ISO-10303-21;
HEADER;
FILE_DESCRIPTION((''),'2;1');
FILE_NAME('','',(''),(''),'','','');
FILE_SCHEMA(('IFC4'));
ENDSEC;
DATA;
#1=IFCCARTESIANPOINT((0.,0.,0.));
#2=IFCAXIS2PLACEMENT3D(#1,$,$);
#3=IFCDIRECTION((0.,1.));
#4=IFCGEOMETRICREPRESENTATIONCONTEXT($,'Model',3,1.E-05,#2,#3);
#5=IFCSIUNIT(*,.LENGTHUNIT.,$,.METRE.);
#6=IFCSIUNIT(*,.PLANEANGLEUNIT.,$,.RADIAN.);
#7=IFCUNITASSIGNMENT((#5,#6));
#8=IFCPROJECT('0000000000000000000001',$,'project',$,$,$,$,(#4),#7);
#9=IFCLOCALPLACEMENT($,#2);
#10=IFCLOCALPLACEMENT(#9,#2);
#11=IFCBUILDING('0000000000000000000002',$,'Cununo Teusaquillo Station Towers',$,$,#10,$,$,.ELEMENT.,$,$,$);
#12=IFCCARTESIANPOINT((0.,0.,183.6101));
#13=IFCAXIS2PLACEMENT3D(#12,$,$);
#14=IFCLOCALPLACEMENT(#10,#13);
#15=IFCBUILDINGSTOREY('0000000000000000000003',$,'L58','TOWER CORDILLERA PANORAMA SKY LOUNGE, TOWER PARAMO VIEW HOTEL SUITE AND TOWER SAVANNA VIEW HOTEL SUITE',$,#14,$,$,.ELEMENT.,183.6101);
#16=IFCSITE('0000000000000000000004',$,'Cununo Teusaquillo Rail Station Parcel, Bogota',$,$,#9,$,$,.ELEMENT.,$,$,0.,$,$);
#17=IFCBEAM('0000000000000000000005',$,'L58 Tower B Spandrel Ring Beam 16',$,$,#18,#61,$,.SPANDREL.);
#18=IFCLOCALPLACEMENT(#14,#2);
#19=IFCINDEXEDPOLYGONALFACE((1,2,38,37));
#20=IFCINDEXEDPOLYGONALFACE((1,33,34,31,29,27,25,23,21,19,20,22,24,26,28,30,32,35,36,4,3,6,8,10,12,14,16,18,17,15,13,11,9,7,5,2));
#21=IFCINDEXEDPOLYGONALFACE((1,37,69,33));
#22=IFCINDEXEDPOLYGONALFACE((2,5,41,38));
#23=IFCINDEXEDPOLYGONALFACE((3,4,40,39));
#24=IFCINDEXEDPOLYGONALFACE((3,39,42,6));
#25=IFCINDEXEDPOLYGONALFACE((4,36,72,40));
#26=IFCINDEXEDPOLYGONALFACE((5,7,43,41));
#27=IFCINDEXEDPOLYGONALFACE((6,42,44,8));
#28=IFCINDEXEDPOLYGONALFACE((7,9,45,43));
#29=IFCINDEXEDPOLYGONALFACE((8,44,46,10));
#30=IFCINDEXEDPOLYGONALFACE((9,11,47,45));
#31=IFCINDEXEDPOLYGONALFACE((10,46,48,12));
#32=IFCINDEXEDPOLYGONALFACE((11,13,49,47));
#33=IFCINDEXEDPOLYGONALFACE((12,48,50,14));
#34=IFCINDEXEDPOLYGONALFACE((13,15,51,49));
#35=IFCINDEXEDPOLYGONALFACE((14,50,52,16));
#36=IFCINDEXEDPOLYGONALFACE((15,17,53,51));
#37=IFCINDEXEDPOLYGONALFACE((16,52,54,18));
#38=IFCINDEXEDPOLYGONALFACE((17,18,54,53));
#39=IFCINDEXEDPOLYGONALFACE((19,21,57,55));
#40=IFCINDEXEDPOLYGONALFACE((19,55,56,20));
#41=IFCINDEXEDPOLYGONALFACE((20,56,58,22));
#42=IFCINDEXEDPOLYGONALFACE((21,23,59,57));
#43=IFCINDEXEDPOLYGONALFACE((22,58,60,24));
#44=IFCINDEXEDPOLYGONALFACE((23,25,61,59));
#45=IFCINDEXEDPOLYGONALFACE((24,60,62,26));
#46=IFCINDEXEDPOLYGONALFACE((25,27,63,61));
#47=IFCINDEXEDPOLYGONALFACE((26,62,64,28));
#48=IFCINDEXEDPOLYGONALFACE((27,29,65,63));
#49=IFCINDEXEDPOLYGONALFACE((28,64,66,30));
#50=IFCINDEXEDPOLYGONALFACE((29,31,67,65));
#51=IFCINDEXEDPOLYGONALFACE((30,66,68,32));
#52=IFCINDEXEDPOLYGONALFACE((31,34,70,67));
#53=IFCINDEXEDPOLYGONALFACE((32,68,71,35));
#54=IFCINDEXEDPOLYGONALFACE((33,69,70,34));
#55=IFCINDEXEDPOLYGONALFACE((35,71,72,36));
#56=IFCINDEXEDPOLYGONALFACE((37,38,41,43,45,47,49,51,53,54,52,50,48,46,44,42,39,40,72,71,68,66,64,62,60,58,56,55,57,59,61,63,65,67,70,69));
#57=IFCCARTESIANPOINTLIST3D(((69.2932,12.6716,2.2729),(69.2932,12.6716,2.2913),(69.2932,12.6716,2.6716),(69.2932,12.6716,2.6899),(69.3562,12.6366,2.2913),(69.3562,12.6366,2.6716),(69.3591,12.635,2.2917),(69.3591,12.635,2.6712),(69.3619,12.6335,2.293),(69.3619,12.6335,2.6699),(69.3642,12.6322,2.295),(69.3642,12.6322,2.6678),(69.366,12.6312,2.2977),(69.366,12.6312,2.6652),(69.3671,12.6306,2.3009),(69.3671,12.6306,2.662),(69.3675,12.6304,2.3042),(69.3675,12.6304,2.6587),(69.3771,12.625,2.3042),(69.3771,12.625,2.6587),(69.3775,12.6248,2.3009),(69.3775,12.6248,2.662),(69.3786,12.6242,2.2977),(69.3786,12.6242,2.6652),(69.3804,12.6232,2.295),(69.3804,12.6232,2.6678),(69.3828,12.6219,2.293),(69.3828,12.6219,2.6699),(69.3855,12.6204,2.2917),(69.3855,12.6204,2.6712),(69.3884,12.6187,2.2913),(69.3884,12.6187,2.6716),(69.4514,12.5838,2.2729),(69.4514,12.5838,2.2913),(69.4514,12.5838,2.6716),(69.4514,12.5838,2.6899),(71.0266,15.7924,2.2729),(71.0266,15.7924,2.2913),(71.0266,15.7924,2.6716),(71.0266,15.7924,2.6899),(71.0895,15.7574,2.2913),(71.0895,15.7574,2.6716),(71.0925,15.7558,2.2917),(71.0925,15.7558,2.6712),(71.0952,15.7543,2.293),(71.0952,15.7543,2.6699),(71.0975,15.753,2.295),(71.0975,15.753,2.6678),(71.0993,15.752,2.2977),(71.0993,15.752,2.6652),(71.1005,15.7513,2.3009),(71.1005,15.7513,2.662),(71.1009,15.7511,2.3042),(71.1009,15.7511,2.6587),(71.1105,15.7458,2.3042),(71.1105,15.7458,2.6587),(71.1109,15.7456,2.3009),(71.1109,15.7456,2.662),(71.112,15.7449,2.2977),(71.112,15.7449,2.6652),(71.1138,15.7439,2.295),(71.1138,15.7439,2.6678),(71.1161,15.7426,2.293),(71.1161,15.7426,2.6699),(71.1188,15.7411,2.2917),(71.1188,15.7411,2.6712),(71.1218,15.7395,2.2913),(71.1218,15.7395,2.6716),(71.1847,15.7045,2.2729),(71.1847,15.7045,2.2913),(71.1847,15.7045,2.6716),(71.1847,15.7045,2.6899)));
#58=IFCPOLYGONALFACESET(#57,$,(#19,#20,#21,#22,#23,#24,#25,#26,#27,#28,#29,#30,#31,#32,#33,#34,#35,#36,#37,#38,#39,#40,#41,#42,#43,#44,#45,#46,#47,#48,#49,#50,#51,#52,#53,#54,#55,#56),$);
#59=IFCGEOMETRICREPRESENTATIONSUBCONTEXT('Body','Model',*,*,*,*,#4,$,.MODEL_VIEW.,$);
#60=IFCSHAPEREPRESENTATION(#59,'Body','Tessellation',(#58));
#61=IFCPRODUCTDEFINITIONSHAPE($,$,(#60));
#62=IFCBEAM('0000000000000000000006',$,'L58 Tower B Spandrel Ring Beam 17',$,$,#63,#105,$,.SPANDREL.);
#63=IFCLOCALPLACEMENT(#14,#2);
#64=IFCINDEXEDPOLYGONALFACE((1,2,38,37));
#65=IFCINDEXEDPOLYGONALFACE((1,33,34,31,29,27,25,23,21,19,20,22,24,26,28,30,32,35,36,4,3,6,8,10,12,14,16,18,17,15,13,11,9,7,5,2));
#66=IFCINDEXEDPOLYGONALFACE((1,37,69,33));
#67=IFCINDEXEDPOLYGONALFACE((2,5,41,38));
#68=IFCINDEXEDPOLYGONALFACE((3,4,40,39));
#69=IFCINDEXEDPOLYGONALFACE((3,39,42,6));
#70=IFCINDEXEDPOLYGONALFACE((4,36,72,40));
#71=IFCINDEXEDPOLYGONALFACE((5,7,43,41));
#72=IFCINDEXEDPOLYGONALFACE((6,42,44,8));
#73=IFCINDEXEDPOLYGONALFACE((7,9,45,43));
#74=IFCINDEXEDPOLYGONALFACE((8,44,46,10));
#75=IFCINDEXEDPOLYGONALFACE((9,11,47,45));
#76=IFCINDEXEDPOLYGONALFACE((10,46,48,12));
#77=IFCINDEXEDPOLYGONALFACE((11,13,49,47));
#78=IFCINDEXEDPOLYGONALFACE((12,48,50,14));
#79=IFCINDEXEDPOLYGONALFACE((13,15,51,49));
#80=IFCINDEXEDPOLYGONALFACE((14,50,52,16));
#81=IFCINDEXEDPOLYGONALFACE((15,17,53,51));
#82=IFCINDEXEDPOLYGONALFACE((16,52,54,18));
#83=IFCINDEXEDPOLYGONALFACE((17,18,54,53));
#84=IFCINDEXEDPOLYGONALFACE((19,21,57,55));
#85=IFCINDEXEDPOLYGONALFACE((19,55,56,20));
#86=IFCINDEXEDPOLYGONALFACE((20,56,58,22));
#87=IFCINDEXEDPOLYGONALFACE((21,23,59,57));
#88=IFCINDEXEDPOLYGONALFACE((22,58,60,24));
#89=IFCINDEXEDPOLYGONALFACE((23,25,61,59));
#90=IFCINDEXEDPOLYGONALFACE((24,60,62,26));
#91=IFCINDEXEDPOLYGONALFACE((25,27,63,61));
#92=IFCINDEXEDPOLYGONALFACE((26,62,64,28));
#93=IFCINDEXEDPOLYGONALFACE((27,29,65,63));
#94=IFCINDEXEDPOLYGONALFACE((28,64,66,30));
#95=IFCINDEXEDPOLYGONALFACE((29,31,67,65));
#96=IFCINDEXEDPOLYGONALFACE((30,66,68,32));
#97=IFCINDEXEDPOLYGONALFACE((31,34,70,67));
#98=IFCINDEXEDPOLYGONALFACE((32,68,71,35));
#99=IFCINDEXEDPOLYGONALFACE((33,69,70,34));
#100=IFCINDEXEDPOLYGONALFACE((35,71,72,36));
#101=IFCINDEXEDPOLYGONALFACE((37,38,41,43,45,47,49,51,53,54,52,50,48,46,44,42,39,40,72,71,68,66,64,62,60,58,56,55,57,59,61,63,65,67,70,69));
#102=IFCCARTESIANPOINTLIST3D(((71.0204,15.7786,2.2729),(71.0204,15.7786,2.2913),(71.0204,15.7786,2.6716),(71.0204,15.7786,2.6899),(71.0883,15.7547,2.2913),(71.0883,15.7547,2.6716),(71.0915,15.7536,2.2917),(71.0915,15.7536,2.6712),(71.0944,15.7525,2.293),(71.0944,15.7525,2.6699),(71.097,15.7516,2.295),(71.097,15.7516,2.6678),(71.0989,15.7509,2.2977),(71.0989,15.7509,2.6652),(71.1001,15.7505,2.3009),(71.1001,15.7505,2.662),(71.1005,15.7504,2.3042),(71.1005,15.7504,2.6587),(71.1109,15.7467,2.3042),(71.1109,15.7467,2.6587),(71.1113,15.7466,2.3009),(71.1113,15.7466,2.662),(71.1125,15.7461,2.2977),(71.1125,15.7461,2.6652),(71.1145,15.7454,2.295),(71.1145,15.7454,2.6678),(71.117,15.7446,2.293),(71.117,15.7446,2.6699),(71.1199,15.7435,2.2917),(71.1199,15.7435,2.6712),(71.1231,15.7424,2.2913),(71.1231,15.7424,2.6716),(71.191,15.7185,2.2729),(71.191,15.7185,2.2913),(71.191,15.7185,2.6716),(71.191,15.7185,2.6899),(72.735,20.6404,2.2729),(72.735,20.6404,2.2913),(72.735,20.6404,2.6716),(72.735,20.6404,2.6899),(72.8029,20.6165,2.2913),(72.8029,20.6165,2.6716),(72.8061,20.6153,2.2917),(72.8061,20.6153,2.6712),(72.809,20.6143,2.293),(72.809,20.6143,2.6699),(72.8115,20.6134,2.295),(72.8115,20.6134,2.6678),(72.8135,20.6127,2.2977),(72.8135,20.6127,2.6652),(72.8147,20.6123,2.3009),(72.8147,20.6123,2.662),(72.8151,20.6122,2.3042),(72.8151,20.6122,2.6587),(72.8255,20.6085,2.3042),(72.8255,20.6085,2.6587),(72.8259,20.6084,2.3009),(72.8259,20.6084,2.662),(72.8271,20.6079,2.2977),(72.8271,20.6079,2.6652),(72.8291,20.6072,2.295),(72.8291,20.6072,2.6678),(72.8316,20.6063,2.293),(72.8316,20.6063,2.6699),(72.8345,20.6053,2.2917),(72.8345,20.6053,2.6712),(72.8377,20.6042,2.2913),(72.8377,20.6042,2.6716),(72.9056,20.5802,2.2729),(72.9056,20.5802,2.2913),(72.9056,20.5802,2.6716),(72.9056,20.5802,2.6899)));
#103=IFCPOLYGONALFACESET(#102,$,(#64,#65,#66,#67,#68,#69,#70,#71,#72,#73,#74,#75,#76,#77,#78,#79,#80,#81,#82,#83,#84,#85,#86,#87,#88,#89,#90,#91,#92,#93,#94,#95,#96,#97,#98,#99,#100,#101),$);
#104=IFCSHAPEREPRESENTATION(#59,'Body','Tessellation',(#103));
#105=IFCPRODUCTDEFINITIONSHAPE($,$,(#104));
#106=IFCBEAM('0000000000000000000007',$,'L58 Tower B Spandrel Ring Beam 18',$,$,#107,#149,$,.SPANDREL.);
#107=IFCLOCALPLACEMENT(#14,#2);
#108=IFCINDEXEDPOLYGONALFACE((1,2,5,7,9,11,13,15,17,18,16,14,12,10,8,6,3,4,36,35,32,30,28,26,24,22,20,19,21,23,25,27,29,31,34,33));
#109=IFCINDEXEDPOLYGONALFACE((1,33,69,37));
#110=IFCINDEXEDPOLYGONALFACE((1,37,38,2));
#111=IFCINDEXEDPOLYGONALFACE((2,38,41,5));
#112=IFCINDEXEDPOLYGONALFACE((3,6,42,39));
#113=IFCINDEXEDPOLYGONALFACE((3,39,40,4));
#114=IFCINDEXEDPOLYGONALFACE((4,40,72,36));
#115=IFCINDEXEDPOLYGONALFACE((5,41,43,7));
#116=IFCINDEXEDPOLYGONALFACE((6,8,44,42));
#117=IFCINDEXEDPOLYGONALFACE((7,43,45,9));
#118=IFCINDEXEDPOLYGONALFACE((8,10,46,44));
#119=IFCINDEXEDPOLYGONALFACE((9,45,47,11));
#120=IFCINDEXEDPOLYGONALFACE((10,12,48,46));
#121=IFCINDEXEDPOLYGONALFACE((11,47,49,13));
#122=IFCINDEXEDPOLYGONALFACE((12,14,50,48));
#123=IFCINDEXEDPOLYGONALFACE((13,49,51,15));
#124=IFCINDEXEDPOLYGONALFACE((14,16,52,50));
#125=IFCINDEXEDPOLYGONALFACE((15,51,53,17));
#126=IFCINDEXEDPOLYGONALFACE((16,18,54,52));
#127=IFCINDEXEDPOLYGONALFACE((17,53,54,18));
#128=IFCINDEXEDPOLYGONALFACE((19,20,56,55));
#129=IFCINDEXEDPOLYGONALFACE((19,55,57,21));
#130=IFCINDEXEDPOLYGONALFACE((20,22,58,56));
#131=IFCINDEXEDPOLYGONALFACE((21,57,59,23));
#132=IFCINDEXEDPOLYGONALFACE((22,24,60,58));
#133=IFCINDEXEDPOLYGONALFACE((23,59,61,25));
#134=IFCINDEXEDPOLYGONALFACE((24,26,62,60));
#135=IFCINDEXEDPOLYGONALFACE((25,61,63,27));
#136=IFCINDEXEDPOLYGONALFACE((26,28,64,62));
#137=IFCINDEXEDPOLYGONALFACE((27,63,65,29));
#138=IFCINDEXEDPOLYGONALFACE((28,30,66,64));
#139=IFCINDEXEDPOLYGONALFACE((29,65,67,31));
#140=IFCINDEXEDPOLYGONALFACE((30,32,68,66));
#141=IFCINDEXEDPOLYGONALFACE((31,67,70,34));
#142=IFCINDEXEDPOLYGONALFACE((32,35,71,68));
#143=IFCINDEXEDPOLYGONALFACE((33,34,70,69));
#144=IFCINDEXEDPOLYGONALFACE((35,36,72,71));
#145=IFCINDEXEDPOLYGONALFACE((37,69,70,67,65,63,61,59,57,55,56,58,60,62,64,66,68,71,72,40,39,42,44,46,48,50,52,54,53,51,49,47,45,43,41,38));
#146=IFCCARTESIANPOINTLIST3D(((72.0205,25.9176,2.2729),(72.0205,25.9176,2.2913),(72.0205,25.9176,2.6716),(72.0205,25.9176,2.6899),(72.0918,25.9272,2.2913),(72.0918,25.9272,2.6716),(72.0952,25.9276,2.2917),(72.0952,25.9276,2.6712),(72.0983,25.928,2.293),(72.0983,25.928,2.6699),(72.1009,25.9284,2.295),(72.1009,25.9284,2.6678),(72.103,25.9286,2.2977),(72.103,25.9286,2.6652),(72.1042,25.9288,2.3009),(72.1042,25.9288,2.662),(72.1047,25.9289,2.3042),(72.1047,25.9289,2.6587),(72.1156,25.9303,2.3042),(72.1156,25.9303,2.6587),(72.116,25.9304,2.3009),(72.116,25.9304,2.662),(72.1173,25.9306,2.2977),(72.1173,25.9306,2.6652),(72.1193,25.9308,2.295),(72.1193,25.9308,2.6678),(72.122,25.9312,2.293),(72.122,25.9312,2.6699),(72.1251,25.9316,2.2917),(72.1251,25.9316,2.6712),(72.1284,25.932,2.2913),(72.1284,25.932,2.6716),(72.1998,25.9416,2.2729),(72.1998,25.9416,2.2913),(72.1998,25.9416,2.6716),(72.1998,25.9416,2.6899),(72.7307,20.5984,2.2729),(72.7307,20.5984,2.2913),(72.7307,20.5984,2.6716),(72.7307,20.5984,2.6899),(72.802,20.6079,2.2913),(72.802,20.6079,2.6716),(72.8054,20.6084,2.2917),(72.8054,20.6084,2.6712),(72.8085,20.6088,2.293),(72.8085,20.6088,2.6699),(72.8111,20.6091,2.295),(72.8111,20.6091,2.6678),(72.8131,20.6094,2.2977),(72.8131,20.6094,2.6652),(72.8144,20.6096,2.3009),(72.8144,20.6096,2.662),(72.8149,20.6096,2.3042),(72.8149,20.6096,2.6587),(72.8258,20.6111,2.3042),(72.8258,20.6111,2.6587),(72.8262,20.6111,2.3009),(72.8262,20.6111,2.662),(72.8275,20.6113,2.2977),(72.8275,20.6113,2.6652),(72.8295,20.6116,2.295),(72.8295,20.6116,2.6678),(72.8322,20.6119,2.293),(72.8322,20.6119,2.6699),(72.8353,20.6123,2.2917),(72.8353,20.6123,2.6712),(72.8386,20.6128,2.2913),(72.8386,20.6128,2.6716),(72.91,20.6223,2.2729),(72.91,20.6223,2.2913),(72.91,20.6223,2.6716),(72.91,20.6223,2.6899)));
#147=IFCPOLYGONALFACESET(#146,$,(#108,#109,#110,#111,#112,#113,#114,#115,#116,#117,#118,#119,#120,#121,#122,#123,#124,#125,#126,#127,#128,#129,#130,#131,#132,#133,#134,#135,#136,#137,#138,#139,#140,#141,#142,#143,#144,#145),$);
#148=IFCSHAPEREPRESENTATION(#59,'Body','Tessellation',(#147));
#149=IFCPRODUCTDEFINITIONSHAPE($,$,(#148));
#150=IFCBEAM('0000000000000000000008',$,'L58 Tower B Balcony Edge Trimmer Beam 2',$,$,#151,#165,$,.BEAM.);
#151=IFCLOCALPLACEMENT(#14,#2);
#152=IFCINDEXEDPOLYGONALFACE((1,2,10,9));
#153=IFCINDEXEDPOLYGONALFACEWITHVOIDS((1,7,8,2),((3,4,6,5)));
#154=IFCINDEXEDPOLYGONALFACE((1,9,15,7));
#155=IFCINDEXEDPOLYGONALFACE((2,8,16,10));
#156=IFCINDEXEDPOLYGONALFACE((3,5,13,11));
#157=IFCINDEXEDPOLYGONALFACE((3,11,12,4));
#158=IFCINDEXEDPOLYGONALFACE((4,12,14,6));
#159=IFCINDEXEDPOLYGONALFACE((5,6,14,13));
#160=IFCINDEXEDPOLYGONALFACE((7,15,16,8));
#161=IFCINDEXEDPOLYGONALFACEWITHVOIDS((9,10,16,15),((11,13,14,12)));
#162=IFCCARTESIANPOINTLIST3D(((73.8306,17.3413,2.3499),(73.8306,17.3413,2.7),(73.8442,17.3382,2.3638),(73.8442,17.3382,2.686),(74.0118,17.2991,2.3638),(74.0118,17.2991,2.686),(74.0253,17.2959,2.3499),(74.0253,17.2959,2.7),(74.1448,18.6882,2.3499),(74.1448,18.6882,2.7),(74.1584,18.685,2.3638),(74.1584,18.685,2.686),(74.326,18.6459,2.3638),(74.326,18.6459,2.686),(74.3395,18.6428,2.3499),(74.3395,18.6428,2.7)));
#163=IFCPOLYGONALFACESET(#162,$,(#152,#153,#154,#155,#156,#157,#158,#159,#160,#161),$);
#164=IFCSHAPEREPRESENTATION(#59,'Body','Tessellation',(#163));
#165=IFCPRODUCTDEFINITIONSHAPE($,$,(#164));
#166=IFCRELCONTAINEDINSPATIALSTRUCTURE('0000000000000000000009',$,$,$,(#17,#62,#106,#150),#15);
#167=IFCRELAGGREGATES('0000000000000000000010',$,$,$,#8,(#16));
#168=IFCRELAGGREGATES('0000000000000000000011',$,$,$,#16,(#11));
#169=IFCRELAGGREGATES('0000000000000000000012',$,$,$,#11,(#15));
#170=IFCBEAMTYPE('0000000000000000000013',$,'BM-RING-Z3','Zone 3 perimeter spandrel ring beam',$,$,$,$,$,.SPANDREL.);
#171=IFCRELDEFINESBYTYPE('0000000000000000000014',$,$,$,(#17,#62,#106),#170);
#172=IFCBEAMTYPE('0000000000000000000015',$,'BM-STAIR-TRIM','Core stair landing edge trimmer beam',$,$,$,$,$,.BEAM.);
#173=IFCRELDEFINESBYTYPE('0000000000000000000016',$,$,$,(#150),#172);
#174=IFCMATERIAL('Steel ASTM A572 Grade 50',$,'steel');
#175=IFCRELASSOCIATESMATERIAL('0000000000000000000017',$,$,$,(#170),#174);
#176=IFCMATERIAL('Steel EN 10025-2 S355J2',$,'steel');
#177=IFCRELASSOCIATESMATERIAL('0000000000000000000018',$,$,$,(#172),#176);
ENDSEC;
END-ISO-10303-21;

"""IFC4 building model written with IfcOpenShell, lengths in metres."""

from ifc_helpers import new_model, si_unit, direction, frame, origin, origin_2d, place, context, subcontext, project, spatial, hollow_rectangle, i_section, extrude, material, material_profile, profile_set, type_object, element, save


model = new_model("IFC4")

# Units and contexts
model_context = context("Model", 3, precision=1e-05, world=origin(), true_north=direction((0.0, 1.0)))
body_context = subcontext(model_context, "Body", "Model", "MODEL_VIEW")
ifc_project = project(units=[si_unit("LENGTHUNIT", "METRE"), si_unit("PLANEANGLEUNIT", "RADIAN")], contexts=[model_context])

# Site, building, storey
site_placement = place(None, origin())
site = spatial("IfcSite", under=ifc_project, at=site_placement, Name="Cununo Teusaquillo Rail Station Parcel, Bogota", CompositionType="ELEMENT", RefElevation=0.0)
building_placement = place(site_placement, origin())
building = spatial("IfcBuilding", under=site, at=building_placement, Name="Cununo Teusaquillo Station Towers", CompositionType="ELEMENT")
storey_placement = place(building_placement, frame((0.0, 0.0, 183.6101)))
storey = spatial("IfcBuildingStorey", under=building, at=storey_placement, Name="L58", Description="TOWER CORDILLERA PANORAMA SKY LOUNGE, TOWER PARAMO VIEW HOTEL SUITE AND TOWER SAVANNA VIEW HOTEL SUITE", CompositionType="ELEMENT", Elevation=183.6101)

# Beams
ifc_material_1 = material(Name="Steel ASTM A572 Grade 50", Category="steel")
ifc_material_profile_1 = material_profile(ifc_material_1, i_section(OverallWidth=0.1809, OverallDepth=0.417, WebThickness=0.011, FlangeThickness=0.0183, FilletRadius=0.0129, at=origin_2d()), Name="W16X57")
ifc_profile_set_1 = profile_set([ifc_material_profile_1], Name="Steel ASTM A572 Grade 50")
beam_type_1 = type_object("IfcBeamType", Name="BM-RING-Z3", Description="Zone 3 perimeter spandrel ring beam", PredefinedType="SPANDREL", material=ifc_profile_set_1)
for number, where, z_axis, x_axis, name in (
    (1, (69.3723, 12.6277, 2.4814), (0.485556, 0.874206, 0.0), (-0.874206, 0.485556, 0.0), "L58 Tower B Spandrel Ring Beam 16"),
):
    element("IfcBeam", number, at=place(storey_placement, frame(where, z_axis=z_axis, x_axis=x_axis)), inside=storey, type_object=beam_type_1, Name=name, PredefinedType="SPANDREL", context=body_context, shape_type="SweptSolid", body=[
        extrude(i_section(OverallWidth=0.1809, OverallDepth=0.417, WebThickness=0.011, FlangeThickness=0.0183, FilletRadius=0.0129, at=origin_2d()), origin(), (0.0, 0.0, 1.0), 3.5698),
    ])
beam_1_placement = place(storey_placement, frame((71.1057, 15.7485, 2.4814), z_axis=(0.33259, 0.943072, 0.0), x_axis=(-0.943072, 0.33259, 0.0)))
element("IfcBeam", 2, at=beam_1_placement, inside=storey, type_object=beam_type_1, Name="L58 Tower B Spandrel Ring Beam 17", PredefinedType="SPANDREL", context=body_context, shape_type="SweptSolid", body=[
    extrude(i_section(OverallWidth=0.1809, OverallDepth=0.417, WebThickness=0.011, FlangeThickness=0.0183, FilletRadius=0.0129, at=origin_2d()), origin(), (0.0, 0.0, 1.0), 5.1553),
])
beam_2_placement = place(storey_placement, frame((72.8203, 20.6104, 2.4814), z_axis=(-0.13234, 0.991204, 0.0), x_axis=(-0.991204, -0.13234, 0.0)))
element("IfcBeam", 3, at=beam_2_placement, inside=storey, type_object=beam_type_1, Name="L58 Tower B Spandrel Ring Beam 18", PredefinedType="SPANDREL", context=body_context, shape_type="SweptSolid", body=[
    extrude(i_section(OverallWidth=0.1809, OverallDepth=0.417, WebThickness=0.011, FlangeThickness=0.0183, FilletRadius=0.0129, at=origin_2d()), origin(), (0.0, 0.0, 1.0), 5.3665),
])
ifc_material_2 = material(Name="Steel EN 10025-2 S355J2", Category="steel")
ifc_material_profile_2 = material_profile(ifc_material_2, hollow_rectangle(XDim=0.2, YDim=0.3501, WallThickness=0.0139, at=origin_2d()), Name="RHS 350x200x14")
ifc_profile_set_2 = profile_set([ifc_material_profile_2], Name="Steel EN 10025-2 S355J2")
beam_type_2 = type_object("IfcBeamType", Name="BM-STAIR-TRIM", Description="Core stair landing edge trimmer beam", PredefinedType="BEAM", material=ifc_profile_set_2)
beam_3_placement = place(storey_placement, frame((73.928, 17.3186, 2.5249), z_axis=(0.227179, 0.973853, 0.0), x_axis=(-0.973853, 0.227179, 0.0)))
element("IfcBeam", 4, at=beam_3_placement, inside=storey, type_object=beam_type_2, Name="L58 Tower B Balcony Edge Trimmer Beam 2", PredefinedType="BEAM", context=body_context, shape_type="SweptSolid", body=[
    extrude(hollow_rectangle(XDim=0.2, YDim=0.3501, WallThickness=0.0139, at=origin_2d()), origin(), (0.0, 0.0, 1.0), 1.3831),
])

save(model, "model.ifc")
